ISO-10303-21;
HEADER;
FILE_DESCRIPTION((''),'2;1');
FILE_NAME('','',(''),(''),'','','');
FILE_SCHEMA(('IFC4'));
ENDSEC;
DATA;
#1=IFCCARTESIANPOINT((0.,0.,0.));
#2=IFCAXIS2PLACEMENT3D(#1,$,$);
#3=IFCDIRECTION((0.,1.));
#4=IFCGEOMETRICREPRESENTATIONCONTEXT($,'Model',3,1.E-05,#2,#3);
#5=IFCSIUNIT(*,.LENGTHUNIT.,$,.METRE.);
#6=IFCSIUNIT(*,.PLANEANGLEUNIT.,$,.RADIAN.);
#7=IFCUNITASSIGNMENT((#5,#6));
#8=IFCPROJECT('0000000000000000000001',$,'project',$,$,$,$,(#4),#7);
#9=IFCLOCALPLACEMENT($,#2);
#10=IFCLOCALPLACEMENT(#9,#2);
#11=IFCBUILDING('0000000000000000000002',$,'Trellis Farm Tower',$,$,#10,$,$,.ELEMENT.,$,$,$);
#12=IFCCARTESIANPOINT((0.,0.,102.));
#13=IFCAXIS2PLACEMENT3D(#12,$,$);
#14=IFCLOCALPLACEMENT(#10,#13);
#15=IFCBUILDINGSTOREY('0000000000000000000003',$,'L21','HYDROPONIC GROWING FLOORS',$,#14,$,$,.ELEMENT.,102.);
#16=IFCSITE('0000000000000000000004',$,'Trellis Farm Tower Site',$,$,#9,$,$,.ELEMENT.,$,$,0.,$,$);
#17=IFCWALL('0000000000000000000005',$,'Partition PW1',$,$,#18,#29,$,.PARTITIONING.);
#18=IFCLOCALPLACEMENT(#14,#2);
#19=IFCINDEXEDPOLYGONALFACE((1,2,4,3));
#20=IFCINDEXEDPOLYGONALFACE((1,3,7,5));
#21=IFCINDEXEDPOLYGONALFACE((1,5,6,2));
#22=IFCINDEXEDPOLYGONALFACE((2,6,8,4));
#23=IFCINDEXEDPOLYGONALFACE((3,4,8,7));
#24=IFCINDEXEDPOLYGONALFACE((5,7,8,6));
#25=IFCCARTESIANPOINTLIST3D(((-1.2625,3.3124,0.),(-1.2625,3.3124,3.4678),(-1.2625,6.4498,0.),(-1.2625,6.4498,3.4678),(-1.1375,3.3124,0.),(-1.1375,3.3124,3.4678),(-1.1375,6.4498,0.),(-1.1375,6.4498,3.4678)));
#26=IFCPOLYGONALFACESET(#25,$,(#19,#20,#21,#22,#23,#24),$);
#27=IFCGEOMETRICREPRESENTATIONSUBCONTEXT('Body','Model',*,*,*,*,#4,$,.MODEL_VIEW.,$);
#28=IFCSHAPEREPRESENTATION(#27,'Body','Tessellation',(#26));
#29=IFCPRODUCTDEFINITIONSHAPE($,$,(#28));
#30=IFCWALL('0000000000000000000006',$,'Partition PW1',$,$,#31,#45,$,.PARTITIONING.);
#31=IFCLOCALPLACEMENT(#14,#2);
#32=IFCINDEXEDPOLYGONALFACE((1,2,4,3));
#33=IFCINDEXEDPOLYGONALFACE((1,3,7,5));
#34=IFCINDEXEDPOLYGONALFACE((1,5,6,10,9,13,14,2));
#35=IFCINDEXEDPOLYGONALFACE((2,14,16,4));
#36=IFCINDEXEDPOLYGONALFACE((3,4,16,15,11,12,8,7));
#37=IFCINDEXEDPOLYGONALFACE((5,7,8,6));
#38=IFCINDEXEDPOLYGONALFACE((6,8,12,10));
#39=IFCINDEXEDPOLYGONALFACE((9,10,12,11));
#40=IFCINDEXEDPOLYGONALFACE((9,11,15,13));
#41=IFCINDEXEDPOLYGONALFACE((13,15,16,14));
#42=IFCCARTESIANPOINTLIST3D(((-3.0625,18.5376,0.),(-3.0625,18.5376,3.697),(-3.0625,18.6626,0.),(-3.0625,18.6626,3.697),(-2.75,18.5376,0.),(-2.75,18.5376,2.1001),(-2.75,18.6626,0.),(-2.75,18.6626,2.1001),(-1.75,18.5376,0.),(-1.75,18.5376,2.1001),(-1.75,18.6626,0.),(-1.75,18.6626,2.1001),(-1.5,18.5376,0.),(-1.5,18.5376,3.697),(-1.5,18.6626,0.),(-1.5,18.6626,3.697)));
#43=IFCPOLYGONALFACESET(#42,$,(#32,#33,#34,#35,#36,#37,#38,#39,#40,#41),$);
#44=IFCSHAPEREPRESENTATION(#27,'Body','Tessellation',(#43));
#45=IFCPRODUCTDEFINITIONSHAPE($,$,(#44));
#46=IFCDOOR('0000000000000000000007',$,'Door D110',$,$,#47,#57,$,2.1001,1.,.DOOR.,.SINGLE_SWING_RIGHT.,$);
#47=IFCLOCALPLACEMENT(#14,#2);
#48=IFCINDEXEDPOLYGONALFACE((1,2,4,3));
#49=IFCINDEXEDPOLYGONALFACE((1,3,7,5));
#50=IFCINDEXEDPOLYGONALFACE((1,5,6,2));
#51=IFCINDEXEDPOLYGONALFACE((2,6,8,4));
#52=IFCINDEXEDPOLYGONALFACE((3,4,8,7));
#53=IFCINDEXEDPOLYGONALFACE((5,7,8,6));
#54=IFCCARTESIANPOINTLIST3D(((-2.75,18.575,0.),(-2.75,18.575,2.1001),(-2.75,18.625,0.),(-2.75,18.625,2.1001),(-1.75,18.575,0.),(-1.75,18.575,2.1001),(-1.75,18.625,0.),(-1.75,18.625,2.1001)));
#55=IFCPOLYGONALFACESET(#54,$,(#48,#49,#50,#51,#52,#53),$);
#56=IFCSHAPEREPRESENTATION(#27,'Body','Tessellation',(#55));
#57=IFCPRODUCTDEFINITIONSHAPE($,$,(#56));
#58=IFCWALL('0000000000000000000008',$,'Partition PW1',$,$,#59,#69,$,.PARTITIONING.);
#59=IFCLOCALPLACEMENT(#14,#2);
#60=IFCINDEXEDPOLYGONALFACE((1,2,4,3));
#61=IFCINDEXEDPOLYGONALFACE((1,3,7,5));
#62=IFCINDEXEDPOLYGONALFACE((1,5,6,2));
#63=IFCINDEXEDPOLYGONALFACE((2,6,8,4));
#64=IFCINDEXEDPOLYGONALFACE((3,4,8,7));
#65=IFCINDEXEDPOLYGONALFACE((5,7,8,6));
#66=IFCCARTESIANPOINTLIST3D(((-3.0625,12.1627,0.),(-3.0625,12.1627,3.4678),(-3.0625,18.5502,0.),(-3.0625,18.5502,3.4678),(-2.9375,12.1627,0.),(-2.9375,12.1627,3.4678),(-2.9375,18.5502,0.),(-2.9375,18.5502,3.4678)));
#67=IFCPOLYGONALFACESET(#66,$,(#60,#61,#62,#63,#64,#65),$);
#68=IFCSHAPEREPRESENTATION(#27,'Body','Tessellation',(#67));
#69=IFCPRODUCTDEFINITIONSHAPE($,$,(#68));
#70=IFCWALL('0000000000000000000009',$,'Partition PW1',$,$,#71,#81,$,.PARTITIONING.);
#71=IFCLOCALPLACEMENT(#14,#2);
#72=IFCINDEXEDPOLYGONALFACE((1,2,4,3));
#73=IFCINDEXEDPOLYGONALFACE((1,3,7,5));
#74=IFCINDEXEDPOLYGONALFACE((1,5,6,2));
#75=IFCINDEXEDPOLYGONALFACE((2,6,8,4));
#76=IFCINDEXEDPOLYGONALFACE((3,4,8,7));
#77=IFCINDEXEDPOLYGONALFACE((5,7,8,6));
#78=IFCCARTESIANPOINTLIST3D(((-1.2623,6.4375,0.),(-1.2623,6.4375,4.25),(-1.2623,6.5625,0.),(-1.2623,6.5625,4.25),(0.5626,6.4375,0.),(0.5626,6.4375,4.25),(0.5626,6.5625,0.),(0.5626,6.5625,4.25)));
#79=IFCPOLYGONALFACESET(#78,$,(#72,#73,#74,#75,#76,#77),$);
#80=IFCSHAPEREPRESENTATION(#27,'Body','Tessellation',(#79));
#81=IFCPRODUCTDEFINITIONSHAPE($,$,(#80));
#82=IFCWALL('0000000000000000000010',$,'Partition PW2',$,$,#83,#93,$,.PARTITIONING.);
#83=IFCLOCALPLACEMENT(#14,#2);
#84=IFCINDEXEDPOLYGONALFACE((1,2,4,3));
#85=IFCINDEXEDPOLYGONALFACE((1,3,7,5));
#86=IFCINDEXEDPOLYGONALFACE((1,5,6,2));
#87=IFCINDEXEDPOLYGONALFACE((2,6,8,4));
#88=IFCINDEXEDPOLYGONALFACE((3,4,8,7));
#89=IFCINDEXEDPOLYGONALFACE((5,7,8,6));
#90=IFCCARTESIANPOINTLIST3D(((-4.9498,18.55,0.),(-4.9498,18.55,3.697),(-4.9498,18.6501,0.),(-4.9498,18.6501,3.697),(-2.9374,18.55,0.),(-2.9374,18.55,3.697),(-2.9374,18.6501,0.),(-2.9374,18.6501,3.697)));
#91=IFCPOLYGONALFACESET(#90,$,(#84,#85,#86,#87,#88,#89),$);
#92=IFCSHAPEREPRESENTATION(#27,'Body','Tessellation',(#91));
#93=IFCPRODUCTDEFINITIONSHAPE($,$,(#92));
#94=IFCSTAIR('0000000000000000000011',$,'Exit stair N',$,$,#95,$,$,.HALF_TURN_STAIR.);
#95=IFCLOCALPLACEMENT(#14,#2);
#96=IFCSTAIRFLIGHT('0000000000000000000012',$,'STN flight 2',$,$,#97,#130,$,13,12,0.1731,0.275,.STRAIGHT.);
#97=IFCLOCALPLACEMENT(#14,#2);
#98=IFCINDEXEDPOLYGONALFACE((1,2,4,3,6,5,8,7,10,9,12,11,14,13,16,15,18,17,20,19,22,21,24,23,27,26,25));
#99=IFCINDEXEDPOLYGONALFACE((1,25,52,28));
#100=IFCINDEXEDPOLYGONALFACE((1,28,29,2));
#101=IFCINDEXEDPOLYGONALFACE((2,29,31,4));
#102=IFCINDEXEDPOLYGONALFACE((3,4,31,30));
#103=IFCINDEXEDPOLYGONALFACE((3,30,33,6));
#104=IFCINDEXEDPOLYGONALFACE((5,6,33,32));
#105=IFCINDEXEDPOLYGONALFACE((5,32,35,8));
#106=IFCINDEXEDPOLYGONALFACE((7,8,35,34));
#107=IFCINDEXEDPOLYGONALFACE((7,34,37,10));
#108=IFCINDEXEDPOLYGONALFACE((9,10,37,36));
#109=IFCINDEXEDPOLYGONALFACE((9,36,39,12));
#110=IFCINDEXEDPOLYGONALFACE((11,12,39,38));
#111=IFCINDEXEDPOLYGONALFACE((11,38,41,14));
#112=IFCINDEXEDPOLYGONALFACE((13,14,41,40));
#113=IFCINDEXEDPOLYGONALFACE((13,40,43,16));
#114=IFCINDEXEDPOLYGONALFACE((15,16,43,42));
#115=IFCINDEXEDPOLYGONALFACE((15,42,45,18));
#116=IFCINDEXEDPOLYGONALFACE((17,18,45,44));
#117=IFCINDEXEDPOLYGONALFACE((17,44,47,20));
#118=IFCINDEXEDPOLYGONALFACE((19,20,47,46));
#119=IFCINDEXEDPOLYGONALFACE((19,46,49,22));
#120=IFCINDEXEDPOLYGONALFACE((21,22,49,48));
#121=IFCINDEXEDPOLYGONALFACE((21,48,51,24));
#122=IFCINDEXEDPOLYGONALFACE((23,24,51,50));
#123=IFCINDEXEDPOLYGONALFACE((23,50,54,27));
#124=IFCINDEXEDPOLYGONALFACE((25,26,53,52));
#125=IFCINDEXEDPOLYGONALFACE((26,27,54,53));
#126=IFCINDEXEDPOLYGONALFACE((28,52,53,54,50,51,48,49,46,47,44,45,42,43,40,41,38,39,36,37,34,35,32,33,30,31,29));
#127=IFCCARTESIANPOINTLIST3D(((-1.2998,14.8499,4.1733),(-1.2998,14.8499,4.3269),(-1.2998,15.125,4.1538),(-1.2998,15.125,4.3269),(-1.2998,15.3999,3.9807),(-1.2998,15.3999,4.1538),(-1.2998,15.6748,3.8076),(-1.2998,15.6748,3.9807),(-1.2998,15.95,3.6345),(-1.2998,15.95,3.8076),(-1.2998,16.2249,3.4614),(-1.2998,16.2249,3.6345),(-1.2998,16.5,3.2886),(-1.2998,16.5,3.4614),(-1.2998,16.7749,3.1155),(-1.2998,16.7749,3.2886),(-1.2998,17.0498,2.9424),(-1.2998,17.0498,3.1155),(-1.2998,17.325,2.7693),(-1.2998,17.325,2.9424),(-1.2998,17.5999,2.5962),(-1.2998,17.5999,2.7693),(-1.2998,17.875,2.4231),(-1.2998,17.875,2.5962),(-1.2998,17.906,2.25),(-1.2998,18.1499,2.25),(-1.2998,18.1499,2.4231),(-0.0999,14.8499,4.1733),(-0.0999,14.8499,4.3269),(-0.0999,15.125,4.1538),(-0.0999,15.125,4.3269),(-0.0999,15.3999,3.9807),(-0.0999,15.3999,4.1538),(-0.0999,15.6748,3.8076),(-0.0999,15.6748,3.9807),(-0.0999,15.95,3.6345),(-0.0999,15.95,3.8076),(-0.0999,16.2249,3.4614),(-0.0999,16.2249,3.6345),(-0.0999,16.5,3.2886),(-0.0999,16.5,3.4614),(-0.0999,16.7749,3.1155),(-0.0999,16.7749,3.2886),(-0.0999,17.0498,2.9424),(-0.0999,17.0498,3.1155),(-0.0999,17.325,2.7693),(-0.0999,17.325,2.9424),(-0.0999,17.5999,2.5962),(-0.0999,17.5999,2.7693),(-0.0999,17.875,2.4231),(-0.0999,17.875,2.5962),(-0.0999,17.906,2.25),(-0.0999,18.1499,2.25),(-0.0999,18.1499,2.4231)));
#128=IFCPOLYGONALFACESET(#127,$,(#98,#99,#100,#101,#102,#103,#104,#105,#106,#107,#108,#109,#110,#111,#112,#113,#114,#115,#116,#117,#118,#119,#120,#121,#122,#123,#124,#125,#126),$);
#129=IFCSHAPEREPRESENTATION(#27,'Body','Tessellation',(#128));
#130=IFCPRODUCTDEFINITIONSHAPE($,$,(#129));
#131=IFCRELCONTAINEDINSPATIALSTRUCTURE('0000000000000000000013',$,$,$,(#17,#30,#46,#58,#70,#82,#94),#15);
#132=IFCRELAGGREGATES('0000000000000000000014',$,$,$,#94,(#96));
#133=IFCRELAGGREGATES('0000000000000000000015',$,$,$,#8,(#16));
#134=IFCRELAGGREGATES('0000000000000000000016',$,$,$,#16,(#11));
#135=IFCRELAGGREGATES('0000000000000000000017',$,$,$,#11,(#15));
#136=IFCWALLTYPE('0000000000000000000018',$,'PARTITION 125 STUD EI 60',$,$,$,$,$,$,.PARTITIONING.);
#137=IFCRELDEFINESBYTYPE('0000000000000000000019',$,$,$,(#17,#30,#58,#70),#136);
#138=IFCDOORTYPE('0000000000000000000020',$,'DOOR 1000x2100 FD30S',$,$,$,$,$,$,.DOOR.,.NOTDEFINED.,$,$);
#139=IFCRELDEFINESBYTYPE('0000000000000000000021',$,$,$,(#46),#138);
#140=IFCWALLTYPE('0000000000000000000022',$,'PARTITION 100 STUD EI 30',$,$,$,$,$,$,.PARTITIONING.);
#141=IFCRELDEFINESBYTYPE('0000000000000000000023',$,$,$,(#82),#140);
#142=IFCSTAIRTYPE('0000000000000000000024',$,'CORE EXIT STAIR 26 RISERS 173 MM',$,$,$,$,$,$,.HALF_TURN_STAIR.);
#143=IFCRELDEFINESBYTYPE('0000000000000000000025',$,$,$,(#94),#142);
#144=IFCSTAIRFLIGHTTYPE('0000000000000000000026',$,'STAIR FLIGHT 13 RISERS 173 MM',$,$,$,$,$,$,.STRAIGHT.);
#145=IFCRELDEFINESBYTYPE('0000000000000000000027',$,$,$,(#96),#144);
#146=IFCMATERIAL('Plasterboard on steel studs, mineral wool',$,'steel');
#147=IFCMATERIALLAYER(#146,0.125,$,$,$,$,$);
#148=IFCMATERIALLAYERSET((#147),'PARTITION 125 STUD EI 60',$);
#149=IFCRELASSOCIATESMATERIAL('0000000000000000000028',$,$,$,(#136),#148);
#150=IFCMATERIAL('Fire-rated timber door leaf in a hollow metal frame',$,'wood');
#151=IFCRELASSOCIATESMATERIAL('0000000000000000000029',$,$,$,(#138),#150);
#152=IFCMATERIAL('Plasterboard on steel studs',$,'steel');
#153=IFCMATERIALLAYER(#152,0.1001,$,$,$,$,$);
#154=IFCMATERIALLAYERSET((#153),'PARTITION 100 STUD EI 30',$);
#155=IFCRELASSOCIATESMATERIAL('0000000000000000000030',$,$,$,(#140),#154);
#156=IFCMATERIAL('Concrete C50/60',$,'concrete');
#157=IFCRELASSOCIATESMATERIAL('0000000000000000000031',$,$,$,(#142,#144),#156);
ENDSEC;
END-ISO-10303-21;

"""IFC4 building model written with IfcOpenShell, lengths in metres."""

from ifc_helpers import new_model, si_unit, direction, frame, frame_2d, origin, place, context, subcontext, project, spatial, polyline, rectangle, outline, extrude, source, transform, mapped, material, layer, layer_set, type_object, element, fill, aggregate, save


model = new_model("IFC4")

# Units and contexts
model_context = context("Model", 3, precision=1e-05, world=origin(), true_north=direction((0.0, 1.0)))
body_context = subcontext(model_context, "Body", "Model", "MODEL_VIEW")
ifc_project = project(units=[si_unit("LENGTHUNIT", "METRE"), si_unit("PLANEANGLEUNIT", "RADIAN")], contexts=[model_context])

# Site, building, storey
site_placement = place(None, origin())
site = spatial("IfcSite", under=ifc_project, at=site_placement, Name="Trellis Farm Tower Site", CompositionType="ELEMENT", RefElevation=0.0)
building_placement = place(site_placement, origin())
building = spatial("IfcBuilding", under=site, at=building_placement, Name="Trellis Farm Tower", CompositionType="ELEMENT")
storey_placement = place(building_placement, frame((0.0, 0.0, 102.0)))
storey = spatial("IfcBuildingStorey", under=building, at=storey_placement, Name="L21", Description="HYDROPONIC GROWING FLOORS", CompositionType="ELEMENT", Elevation=102.0)

# Shared definitions
placement = place(storey_placement, origin())

# Wall
ifc_material_1 = material(Name="Plasterboard on steel studs, mineral wool", Category="steel")
ifc_layer_1 = layer(ifc_material_1, 0.125)
ifc_layer_set_1 = layer_set([ifc_layer_1], Name="PARTITION 125 STUD EI 60")
wall_type_1 = type_object("IfcWallType", Name="PARTITION 125 STUD EI 60", PredefinedType="PARTITIONING", material=ifc_layer_set_1)
shared_shape_1 = source(origin(), body_context, "Body", "SweptSolid", [
    extrude(rectangle(XDim=3.1375, YDim=0.125, at=frame_2d((1.5688, 0.0))), origin(), (0.0, 0.0, 1.0), 3.4678),
])
wall_1_placement = place(storey_placement, frame((-1.2, 6.45, 0.0), z_axis=(0.0, 0.0, 1.0), x_axis=(0.0, -1.0, 0.0)))
element("IfcWall", 1, at=wall_1_placement, inside=storey, type_object=wall_type_1, Name="Partition PW1", PredefinedType="PARTITIONING", context=body_context, shape_type="MappedRepresentation", body=[
    mapped(shared_shape_1, transform((0.0, 0.0, 0.0))),
])

# Wall, opening, door
shared_shape_2 = source(origin(), body_context, "Body", "SweptSolid", [
    extrude(rectangle(XDim=1.5625, YDim=0.125, at=frame_2d((0.7812, 0.0))), origin(), (0.0, 0.0, 1.0), 3.697),
])
wall_2_placement = place(storey_placement, frame((-3.0625, 18.6001, 0.0), z_axis=(0.0, 0.0, 1.0), x_axis=(1.0, 0.0, 0.0)))
wall_2 = element("IfcWall", 2, at=wall_2_placement, inside=storey, type_object=wall_type_1, Name="Partition PW1", PredefinedType="PARTITIONING", context=body_context, shape_type="MappedRepresentation", body=[
    mapped(shared_shape_2, transform((0.0, 0.0, 0.0))),
])
shared_shape_3 = source(origin(), body_context, "Body", "SweptSolid", [
    extrude(rectangle(XDim=1.0, YDim=2.1001, at=frame_2d((0.5, 1.05))), frame((0.0, 0.0725, 0.0), z_axis=(0.0, -1.0, 0.0), x_axis=(1.0, 0.0, 0.0)), (0.0, 0.0, 1.0), 0.145),
])
opening_1_placement = place(wall_2_placement, frame((0.3125, 0.0, 0.0)))
opening_1 = element("IfcOpeningElement", 3, at=opening_1_placement, cuts=wall_2, PredefinedType="OPENING", context=body_context, shape_type="MappedRepresentation", body=[
    mapped(shared_shape_3, transform((0.0, 0.0, 0.0))),
])
ifc_material_2 = material(Name="Fire-rated timber door leaf in a hollow metal frame", Category="wood")
door_type_1 = type_object("IfcDoorType", Name="DOOR 1000x2100 FD30S", OperationType="NOTDEFINED", PredefinedType="DOOR", material=ifc_material_2)
shared_shape_4 = source(origin(), body_context, "Body", "SweptSolid", [
    extrude(rectangle(XDim=1.0, YDim=2.1001, at=frame_2d((0.5, 1.05))), frame((0.0, 0.0249, 0.0), z_axis=(0.0, -1.0, 0.0), x_axis=(1.0, 0.0, 0.0)), (0.0, 0.0, 1.0), 0.05),
])
door_1_placement = place(opening_1_placement, origin())
door_1 = element("IfcDoor", 4, at=door_1_placement, inside=storey, type_object=door_type_1, Name="Door D110", OperationType="SINGLE_SWING_RIGHT", OverallHeight=2.1001, OverallWidth=1.0, PredefinedType="DOOR", context=body_context, shape_type="MappedRepresentation", body=[
    mapped(shared_shape_4, transform((0.0, 0.0, 0.0))),
])
fill(opening_1, door_1)

# Walls
shared_shape_5 = source(origin(), body_context, "Body", "SweptSolid", [
    extrude(rectangle(XDim=6.3875, YDim=0.125, at=frame_2d((3.1938, 0.0))), origin(), (0.0, 0.0, 1.0), 3.4678),
])
wall_3_placement = place(storey_placement, frame((-3.0, 12.1626, 0.0), z_axis=(0.0, 0.0, 1.0), x_axis=(0.0, 1.0, 0.0)))
element("IfcWall", 5, at=wall_3_placement, inside=storey, type_object=wall_type_1, Name="Partition PW1", PredefinedType="PARTITIONING", context=body_context, shape_type="MappedRepresentation", body=[
    mapped(shared_shape_5, transform((0.0, 0.0, 0.0))),
])
shared_shape_6 = source(origin(), body_context, "Body", "SweptSolid", [
    extrude(rectangle(XDim=1.825, YDim=0.125, at=frame_2d((0.9126, 0.0))), origin(), (0.0, 0.0, 1.0), 4.25),
])
wall_4_placement = place(storey_placement, frame((-1.2625, 6.5, 0.0), z_axis=(0.0, 0.0, 1.0), x_axis=(1.0, 0.0, 0.0)))
element("IfcWall", 6, at=wall_4_placement, inside=storey, type_object=wall_type_1, Name="Partition PW1", PredefinedType="PARTITIONING", context=body_context, shape_type="MappedRepresentation", body=[
    mapped(shared_shape_6, transform((0.0, 0.0, 0.0))),
])
ifc_material_3 = material(Name="Plasterboard on steel studs", Category="steel")
ifc_layer_2 = layer(ifc_material_3, 0.1001)
ifc_layer_set_2 = layer_set([ifc_layer_2], Name="PARTITION 100 STUD EI 30")
wall_type_2 = type_object("IfcWallType", Name="PARTITION 100 STUD EI 30", PredefinedType="PARTITIONING", material=ifc_layer_set_2)
shared_shape_7 = source(origin(), body_context, "Body", "SweptSolid", [
    extrude(rectangle(XDim=2.0125, YDim=0.1001, at=frame_2d((1.0063, 0.0))), origin(), (0.0, 0.0, 1.0), 3.697),
])
wall_5_placement = place(storey_placement, frame((-4.95, 18.6001, 0.0), z_axis=(0.0, 0.0, 1.0), x_axis=(1.0, 0.0, 0.0)))
element("IfcWall", 7, at=wall_5_placement, inside=storey, type_object=wall_type_2, Name="Partition PW2", PredefinedType="PARTITIONING", context=body_context, shape_type="MappedRepresentation", body=[
    mapped(shared_shape_7, transform((0.0, 0.0, 0.0))),
])

# Stair, stair flight
ifc_material_4 = material(Name="Concrete C50/60", Category="concrete")
stair_type = type_object("IfcStairType", Name="CORE EXIT STAIR 26 RISERS 173 MM", PredefinedType="HALF_TURN_STAIR", material=ifc_material_4)
stair = element("IfcStair", 8, at=placement, inside=storey, type_object=stair_type, Name="Exit stair N", PredefinedType="HALF_TURN_STAIR")
stair_flight_type = type_object("IfcStairFlightType", Name="STAIR FLIGHT 13 RISERS 173 MM", PredefinedType="STRAIGHT", material=ifc_material_4)
shared_shape_8 = source(origin(), body_context, "Body", "SweptSolid", [
    extrude(outline(polyline([(0.0, 0.0), (0.0, 0.1731), (0.2749, 0.1731), (0.2749, 0.3462), (0.55, 0.3462), (0.55, 0.5193), (0.825, 0.5193), (0.825, 0.6924), (1.1001, 0.6924), (1.1001, 0.8655), (1.375, 0.8655), (1.375, 1.0386), (1.6499, 1.0386), (1.6499, 1.2114), (1.925, 1.2114), (1.925, 1.3845), (2.2, 1.3845), (2.2, 1.5576), (2.4751, 1.5576), (2.4751, 1.7307), (2.75, 1.7307), (2.75, 1.9038), (3.0249, 1.9038), (3.0249, 2.0769), (3.3, 2.0769), (3.3, 2.25), (3.3, 1.9233), (0.2439, 0.0), (0.0, 0.0)])), frame((0.0, 0.6001, 0.0), z_axis=(0.0, -1.0, 0.0), x_axis=(1.0, 0.0, 0.0)), (0.0, 0.0, 1.0), 1.2),
])
stair_flight_placement = place(storey_placement, frame((-0.7, 18.1499, 2.25), z_axis=(0.0, 0.0, 1.0), x_axis=(0.0, -1.0, 0.0)))
stair_flight = element("IfcStairFlight", 9, at=stair_flight_placement, type_object=stair_flight_type, Name="STN flight 2", NumberOfRisers=13, NumberOfTreads=12, PredefinedType="STRAIGHT", RiserHeight=0.1731, TreadLength=0.275, context=body_context, shape_type="MappedRepresentation", body=[
    mapped(shared_shape_8, transform((0.0, 0.0, 0.0))),
])
aggregate(stair, [stair_flight])

save(model, "model.ifc")
